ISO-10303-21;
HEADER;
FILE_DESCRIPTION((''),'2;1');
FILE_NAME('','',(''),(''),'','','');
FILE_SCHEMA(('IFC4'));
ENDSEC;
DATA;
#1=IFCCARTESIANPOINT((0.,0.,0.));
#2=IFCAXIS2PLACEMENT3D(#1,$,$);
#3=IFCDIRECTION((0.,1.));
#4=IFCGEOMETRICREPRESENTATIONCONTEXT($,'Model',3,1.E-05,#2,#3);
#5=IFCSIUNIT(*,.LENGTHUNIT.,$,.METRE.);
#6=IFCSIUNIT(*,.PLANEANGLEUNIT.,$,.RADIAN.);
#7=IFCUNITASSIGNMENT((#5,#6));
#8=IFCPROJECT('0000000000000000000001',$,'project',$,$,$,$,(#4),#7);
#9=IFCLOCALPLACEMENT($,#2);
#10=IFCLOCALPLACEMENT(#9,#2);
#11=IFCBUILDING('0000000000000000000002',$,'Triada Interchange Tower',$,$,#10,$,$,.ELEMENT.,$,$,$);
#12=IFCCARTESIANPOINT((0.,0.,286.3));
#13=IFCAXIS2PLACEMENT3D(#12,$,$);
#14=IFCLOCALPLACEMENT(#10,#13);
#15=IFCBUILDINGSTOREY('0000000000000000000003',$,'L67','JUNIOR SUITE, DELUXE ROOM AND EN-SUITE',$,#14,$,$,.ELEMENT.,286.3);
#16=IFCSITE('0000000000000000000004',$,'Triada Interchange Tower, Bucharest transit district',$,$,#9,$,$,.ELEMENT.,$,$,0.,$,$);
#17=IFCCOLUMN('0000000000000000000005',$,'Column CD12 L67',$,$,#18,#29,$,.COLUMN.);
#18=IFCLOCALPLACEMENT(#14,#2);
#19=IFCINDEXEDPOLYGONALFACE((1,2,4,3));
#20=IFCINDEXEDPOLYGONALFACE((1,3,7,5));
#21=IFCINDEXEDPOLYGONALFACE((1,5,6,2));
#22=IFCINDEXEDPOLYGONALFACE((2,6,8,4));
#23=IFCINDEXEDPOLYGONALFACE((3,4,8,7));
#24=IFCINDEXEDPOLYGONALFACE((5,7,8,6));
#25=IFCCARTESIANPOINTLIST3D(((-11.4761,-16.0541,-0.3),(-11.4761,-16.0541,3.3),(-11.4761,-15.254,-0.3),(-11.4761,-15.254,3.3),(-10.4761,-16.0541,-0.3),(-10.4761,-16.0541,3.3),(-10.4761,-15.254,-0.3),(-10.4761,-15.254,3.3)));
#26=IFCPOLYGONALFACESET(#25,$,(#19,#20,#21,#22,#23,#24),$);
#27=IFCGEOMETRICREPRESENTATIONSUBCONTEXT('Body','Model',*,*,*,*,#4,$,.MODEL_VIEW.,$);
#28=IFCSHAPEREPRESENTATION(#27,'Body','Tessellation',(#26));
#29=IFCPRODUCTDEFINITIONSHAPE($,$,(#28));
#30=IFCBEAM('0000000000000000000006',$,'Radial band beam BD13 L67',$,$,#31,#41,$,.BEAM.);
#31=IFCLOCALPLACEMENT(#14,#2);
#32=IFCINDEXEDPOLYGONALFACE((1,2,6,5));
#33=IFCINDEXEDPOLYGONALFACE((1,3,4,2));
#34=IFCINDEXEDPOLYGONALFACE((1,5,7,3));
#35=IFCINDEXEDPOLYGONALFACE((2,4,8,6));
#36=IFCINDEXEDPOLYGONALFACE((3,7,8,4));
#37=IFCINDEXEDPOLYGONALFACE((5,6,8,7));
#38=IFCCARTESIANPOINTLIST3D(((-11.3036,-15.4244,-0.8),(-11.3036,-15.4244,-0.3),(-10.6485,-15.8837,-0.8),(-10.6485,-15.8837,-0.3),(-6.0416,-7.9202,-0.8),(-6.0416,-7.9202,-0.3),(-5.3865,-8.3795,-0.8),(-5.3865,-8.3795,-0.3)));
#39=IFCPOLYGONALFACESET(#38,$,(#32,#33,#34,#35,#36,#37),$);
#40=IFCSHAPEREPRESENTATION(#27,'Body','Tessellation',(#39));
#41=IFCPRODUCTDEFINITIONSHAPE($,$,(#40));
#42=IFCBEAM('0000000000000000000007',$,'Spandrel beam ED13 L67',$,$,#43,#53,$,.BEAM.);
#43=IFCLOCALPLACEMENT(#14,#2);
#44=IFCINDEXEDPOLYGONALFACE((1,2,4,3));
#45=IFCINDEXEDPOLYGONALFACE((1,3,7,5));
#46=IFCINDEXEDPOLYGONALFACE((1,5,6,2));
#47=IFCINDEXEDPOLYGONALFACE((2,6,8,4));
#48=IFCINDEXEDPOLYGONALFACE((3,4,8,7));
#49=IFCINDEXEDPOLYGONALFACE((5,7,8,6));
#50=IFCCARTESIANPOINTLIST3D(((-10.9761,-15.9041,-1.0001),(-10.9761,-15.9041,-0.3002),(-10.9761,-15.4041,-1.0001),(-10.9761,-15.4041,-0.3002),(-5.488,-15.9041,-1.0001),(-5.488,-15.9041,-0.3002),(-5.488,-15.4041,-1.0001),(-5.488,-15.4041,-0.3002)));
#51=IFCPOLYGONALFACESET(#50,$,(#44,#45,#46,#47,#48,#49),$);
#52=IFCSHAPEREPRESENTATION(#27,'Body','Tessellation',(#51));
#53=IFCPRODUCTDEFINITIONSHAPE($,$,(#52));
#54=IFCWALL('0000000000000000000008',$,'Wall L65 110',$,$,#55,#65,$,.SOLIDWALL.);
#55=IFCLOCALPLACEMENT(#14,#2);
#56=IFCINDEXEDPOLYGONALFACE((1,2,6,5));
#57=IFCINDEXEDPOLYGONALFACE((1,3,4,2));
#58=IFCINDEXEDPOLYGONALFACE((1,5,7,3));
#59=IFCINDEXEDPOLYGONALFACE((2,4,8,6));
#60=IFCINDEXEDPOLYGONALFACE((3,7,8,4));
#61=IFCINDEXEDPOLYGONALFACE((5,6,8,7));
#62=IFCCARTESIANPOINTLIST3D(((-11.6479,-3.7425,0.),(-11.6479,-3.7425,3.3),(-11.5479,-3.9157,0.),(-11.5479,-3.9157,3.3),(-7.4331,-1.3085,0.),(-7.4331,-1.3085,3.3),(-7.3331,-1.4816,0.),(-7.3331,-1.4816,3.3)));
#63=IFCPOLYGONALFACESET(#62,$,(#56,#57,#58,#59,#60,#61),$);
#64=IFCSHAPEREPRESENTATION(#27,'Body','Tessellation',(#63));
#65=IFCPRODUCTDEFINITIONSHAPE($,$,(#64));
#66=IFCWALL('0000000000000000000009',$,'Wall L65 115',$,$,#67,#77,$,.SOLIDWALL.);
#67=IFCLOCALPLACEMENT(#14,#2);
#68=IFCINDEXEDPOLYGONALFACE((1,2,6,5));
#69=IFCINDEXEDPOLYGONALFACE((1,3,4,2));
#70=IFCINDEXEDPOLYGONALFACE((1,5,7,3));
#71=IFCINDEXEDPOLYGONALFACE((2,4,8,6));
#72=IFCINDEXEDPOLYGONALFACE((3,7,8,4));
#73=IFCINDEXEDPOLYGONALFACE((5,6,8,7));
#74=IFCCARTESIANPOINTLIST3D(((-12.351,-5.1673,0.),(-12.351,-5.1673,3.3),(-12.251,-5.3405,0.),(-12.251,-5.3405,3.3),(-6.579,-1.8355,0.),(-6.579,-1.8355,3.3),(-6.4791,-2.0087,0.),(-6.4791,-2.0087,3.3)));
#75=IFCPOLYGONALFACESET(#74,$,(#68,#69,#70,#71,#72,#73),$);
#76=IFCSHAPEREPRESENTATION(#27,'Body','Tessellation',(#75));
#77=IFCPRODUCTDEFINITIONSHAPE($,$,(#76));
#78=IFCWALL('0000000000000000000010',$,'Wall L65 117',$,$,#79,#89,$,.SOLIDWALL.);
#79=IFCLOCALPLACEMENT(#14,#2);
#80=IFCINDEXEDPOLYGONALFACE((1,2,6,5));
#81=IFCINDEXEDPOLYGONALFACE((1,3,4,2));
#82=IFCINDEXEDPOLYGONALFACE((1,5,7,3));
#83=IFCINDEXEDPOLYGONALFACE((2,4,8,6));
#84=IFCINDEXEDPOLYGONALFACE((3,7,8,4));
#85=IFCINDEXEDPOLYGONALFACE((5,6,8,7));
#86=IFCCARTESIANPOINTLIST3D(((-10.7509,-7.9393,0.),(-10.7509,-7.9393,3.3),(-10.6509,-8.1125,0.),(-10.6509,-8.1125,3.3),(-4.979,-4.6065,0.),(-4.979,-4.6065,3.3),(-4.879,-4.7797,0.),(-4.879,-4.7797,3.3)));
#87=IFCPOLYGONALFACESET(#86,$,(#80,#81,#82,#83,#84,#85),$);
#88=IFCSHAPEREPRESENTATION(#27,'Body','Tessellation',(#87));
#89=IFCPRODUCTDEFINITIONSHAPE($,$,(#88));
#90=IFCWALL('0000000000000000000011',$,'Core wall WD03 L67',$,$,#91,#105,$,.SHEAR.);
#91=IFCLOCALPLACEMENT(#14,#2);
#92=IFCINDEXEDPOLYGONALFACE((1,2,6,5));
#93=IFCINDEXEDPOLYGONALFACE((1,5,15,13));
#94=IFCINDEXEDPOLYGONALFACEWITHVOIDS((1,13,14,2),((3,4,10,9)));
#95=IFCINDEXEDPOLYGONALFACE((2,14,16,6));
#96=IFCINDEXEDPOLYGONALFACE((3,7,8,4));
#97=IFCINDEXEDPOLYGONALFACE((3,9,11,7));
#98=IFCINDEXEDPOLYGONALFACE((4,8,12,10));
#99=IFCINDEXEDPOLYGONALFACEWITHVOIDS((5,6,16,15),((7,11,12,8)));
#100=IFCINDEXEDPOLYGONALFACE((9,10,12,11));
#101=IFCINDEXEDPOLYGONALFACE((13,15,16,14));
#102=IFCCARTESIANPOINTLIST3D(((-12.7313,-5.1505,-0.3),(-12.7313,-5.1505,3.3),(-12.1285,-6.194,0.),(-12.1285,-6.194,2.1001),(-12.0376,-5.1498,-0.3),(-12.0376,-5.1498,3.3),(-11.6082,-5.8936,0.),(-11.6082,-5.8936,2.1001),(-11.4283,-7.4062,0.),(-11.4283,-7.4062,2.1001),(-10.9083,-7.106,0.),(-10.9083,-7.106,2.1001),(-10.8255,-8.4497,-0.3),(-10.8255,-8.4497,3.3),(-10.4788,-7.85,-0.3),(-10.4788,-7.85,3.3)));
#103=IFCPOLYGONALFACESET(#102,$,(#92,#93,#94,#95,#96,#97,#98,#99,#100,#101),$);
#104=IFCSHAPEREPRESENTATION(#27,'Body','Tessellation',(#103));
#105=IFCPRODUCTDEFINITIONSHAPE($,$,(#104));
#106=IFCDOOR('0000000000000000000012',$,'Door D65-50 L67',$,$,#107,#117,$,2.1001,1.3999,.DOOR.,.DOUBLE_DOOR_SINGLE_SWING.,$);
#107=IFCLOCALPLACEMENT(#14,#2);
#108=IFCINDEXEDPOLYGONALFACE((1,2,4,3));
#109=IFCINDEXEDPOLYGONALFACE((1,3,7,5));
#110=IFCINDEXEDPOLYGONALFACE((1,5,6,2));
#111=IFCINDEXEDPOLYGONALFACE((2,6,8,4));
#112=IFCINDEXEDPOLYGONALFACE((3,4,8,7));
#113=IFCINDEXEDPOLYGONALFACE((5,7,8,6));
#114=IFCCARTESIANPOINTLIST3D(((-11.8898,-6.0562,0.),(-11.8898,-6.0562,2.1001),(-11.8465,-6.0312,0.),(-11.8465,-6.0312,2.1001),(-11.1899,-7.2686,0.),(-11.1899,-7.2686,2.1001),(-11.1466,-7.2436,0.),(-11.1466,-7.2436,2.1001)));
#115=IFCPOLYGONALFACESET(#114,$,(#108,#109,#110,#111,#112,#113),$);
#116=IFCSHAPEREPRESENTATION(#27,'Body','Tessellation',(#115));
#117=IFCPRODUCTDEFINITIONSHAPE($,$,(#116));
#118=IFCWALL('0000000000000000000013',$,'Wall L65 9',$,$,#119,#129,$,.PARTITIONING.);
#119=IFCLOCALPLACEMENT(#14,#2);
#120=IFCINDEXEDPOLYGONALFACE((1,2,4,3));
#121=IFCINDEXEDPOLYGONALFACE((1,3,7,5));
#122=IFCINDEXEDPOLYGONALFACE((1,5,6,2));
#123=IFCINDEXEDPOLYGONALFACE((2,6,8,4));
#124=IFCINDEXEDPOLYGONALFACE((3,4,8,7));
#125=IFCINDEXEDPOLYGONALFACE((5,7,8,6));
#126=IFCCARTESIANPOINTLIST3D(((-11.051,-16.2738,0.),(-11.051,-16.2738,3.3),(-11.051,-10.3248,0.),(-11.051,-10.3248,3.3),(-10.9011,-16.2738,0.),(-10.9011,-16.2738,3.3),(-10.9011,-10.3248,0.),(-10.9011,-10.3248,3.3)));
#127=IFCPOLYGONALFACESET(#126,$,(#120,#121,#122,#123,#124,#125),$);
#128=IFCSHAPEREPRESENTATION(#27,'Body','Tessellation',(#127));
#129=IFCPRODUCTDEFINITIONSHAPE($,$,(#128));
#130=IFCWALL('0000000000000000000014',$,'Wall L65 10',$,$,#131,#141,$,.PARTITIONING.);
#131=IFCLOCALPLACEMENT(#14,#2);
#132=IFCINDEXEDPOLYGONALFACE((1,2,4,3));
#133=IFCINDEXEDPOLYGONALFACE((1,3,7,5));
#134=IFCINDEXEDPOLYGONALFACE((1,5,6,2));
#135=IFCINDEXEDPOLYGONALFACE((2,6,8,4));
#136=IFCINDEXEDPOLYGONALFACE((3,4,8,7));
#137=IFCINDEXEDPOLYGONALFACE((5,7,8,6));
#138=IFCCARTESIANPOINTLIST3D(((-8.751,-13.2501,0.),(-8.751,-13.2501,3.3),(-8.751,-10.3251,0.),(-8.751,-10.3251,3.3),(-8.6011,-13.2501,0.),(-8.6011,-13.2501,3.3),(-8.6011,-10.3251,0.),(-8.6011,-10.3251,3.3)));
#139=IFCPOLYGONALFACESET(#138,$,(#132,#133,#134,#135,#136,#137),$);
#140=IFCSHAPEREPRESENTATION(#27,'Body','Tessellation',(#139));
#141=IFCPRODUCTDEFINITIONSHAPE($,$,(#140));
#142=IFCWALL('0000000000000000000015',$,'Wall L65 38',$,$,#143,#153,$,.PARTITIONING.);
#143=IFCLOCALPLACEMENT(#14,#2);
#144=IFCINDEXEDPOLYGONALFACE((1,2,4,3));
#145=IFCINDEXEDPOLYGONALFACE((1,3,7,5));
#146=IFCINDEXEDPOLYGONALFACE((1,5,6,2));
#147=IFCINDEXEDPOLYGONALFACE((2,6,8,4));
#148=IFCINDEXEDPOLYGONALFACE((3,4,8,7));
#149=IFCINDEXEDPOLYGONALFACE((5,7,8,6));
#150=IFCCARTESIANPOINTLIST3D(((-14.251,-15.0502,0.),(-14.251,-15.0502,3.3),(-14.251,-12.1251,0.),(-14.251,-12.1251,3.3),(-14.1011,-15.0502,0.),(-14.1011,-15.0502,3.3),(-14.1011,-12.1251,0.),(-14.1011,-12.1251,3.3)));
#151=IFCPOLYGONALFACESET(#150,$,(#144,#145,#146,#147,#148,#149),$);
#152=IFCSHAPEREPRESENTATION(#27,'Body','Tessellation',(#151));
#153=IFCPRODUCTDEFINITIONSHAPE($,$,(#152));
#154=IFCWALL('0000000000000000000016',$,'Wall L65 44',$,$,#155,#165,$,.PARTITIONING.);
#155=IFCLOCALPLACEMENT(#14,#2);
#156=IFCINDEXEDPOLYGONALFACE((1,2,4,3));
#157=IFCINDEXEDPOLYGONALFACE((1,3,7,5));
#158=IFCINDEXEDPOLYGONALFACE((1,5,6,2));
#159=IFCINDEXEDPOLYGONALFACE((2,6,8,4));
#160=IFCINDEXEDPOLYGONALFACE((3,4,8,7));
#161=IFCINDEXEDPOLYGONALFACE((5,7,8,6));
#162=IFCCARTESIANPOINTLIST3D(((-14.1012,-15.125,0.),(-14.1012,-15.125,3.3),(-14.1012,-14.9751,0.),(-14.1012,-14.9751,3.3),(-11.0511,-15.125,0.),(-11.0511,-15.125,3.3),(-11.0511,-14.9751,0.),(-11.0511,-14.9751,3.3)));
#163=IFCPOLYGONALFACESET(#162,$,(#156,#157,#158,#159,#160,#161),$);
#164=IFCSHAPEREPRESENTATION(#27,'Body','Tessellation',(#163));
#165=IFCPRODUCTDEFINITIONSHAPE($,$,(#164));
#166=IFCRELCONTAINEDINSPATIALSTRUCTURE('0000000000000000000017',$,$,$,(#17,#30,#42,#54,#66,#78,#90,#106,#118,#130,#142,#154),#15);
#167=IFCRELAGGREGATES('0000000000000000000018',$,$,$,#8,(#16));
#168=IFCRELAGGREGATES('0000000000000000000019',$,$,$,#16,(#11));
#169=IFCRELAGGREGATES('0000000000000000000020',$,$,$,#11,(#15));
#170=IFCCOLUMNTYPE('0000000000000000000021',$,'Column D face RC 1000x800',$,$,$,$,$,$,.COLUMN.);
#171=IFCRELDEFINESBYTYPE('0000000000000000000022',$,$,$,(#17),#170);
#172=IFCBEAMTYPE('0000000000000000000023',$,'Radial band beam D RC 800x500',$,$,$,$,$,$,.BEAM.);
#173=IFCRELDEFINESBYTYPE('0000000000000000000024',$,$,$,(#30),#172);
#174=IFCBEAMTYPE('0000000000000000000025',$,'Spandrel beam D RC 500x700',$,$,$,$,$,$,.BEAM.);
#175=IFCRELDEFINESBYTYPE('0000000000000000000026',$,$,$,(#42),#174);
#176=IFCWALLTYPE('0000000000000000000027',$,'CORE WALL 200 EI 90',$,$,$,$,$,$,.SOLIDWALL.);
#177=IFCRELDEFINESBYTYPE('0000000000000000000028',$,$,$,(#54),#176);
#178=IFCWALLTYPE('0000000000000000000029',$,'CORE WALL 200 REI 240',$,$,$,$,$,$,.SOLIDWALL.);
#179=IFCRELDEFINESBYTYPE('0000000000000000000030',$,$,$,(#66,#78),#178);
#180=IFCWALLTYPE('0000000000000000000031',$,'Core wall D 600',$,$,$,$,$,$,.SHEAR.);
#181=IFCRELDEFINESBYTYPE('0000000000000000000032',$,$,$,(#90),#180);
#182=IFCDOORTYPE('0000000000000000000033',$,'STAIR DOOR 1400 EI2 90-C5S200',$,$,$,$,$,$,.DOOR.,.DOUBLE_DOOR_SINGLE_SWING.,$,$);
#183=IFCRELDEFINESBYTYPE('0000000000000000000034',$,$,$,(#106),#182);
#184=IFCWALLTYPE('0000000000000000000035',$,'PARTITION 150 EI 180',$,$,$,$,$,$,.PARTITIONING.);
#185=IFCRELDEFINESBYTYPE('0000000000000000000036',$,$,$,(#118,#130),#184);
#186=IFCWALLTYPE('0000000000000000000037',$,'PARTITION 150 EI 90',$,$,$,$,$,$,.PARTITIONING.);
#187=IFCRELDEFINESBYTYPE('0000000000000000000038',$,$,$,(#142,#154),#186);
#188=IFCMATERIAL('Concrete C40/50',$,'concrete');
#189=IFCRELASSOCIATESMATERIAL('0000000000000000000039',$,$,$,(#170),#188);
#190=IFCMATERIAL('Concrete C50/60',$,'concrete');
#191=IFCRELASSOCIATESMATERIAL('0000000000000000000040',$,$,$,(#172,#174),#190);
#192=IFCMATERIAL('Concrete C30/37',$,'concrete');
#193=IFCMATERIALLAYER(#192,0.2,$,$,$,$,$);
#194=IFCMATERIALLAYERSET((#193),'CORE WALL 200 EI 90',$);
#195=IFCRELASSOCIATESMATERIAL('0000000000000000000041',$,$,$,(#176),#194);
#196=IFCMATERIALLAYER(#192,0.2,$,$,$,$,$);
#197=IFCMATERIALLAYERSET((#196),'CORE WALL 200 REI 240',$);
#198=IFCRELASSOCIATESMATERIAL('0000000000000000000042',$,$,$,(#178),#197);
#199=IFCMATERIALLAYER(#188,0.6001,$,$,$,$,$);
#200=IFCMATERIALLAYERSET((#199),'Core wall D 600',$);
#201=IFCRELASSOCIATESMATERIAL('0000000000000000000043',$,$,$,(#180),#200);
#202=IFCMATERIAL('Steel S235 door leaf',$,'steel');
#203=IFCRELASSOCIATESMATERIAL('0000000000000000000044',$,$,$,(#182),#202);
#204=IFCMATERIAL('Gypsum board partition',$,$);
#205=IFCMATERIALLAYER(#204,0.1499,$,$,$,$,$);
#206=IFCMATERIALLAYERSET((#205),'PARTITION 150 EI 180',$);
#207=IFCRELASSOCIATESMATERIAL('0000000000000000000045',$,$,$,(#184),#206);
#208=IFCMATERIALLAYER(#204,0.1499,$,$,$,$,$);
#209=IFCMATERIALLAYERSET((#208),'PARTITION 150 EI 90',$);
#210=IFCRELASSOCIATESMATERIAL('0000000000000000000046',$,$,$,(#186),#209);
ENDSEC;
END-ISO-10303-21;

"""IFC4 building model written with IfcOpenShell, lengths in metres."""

from ifc_helpers import new_model, si_unit, direction, frame, frame_2d, origin, origin_2d, place, context, subcontext, project, spatial, polyline, rectangle, outline, extrude, material, layer, layer_set, material_profile, profile_set, type_object, element, fill, save


model = new_model("IFC4")

# Units and contexts
model_context = context("Model", 3, precision=1e-05, world=origin(), true_north=direction((0.0, 1.0)))
body_context = subcontext(model_context, "Body", "Model", "MODEL_VIEW")
ifc_project = project(units=[si_unit("LENGTHUNIT", "METRE"), si_unit("PLANEANGLEUNIT", "RADIAN")], contexts=[model_context])

# Site, building, storey
site_placement = place(None, origin())
site = spatial("IfcSite", under=ifc_project, at=site_placement, Name="Triada Interchange Tower, Bucharest transit district", CompositionType="ELEMENT", RefElevation=0.0)
building_placement = place(site_placement, origin())
building = spatial("IfcBuilding", under=site, at=building_placement, Name="Triada Interchange Tower", CompositionType="ELEMENT")
storey_placement = place(building_placement, frame((0.0, 0.0, 286.3)))
storey = spatial("IfcBuildingStorey", under=building, at=storey_placement, Name="L67", Description="JUNIOR SUITE, DELUXE ROOM AND EN-SUITE", CompositionType="ELEMENT", Elevation=286.3)

# Column
ifc_material_1 = material(Name="Concrete C40/50", Category="concrete")
ifc_material_profile_1 = material_profile(ifc_material_1, rectangle(XDim=1.0, YDim=0.8, at=origin_2d()), Name="RC 1000x800")
ifc_profile_set_1 = profile_set([ifc_material_profile_1], Name="Concrete C40/50")
column_type = type_object("IfcColumnType", Name="Column D face RC 1000x800", PredefinedType="COLUMN", material=ifc_profile_set_1)
column_placement = place(storey_placement, frame((-10.9761, -15.6541, -0.3), z_axis=(0.0, 0.0, 1.0), x_axis=(1.0, 0.0, 0.0)))
element("IfcColumn", 1, at=column_placement, inside=storey, type_object=column_type, Name="Column CD12 L67", PredefinedType="COLUMN", context=body_context, shape_type="SweptSolid", body=[
    extrude(rectangle(XDim=1.0, YDim=0.8, at=origin_2d()), origin(), (0.0, 0.0, 1.0), 3.6001),
])

# Beams
ifc_material_2 = material(Name="Concrete C50/60", Category="concrete")
ifc_material_profile_2 = material_profile(ifc_material_2, rectangle(XDim=0.8, YDim=0.5, at=origin_2d()), Name="RC 800x500")
ifc_profile_set_2 = profile_set([ifc_material_profile_2], Name="Concrete C50/60")
beam_type_1 = type_object("IfcBeamType", Name="Radial band beam D RC 800x500", PredefinedType="BEAM", material=ifc_profile_set_2)
beam_1_placement = place(storey_placement, frame((-10.9761, -15.6541, -0.55), z_axis=(0.574125, 0.818767, 0.0), x_axis=(-0.818767, 0.574125, 0.0)))
element("IfcBeam", 2, at=beam_1_placement, inside=storey, type_object=beam_type_1, Name="Radial band beam BD13 L67", PredefinedType="BEAM", context=body_context, shape_type="SweptSolid", body=[
    extrude(rectangle(XDim=0.8, YDim=0.5, at=origin_2d()), origin(), (0.0, 0.0, 1.0), 9.1653),
])
ifc_material_profile_3 = material_profile(ifc_material_2, rectangle(XDim=0.5, YDim=0.7, at=origin_2d()), Name="RC 500x700")
ifc_profile_set_3 = profile_set([ifc_material_profile_3], Name="Concrete C50/60")
beam_type_2 = type_object("IfcBeamType", Name="Spandrel beam D RC 500x700", PredefinedType="BEAM", material=ifc_profile_set_3)
beam_2_placement = place(storey_placement, frame((-10.9761, -15.6541, -0.6501), z_axis=(1.0, 0.0, 0.0), x_axis=(0.0, 1.0, 0.0)))
element("IfcBeam", 3, at=beam_2_placement, inside=storey, type_object=beam_type_2, Name="Spandrel beam ED13 L67", PredefinedType="BEAM", context=body_context, shape_type="SweptSolid", body=[
    extrude(rectangle(XDim=0.5, YDim=0.7, at=origin_2d()), origin(), (0.0, 0.0, 1.0), 5.488),
])

# Walls
ifc_material_3 = material(Name="Concrete C30/37", Category="concrete")
ifc_layer_1 = layer(ifc_material_3, 0.2)
ifc_layer_set_1 = layer_set([ifc_layer_1], Name="CORE WALL 200 EI 90")
wall_type_1 = type_object("IfcWallType", Name="CORE WALL 200 EI 90", PredefinedType="SOLIDWALL", material=ifc_layer_set_1)
wall_1_placement = place(storey_placement, frame((-11.5979, -3.8291, 0.0), z_axis=(0.0, 0.0, 1.0), x_axis=(0.865968, 0.500099, 0.0)))
element("IfcWall", 4, at=wall_1_placement, inside=storey, type_object=wall_type_1, Name="Wall L65 110", PredefinedType="SOLIDWALL", context=body_context, shape_type="SweptSolid", body=[
    extrude(rectangle(XDim=4.8672, YDim=0.2, at=frame_2d((2.4336, 0.0))), origin(), (0.0, 0.0, 1.0), 3.3),
])
ifc_layer_2 = layer(ifc_material_3, 0.2)
ifc_layer_set_2 = layer_set([ifc_layer_2], Name="CORE WALL 200 REI 240")
wall_type_2 = type_object("IfcWallType", Name="CORE WALL 200 REI 240", PredefinedType="SOLIDWALL", material=ifc_layer_set_2)
wall_2_placement = place(storey_placement, frame((-12.301, -5.2539, 0.0), z_axis=(0.0, 0.0, 1.0), x_axis=(0.866068, 0.499925, 0.0)))
element("IfcWall", 5, at=wall_2_placement, inside=storey, type_object=wall_type_2, Name="Wall L65 115", PredefinedType="SOLIDWALL", context=body_context, shape_type="SweptSolid", body=[
    extrude(rectangle(XDim=6.6646, YDim=0.2, at=frame_2d((3.3323, 0.0))), origin(), (0.0, 0.0, 1.0), 3.3),
])
wall_3_placement = place(storey_placement, frame((-10.7009, -8.0259, 0.0), z_axis=(0.0, 0.0, 1.0), x_axis=(0.866005, 0.500035, 0.0)))
element("IfcWall", 6, at=wall_3_placement, inside=storey, type_object=wall_type_2, Name="Wall L65 117", PredefinedType="SOLIDWALL", context=body_context, shape_type="SweptSolid", body=[
    extrude(rectangle(XDim=6.665, YDim=0.2, at=frame_2d((3.3325, 0.0))), origin(), (0.0, 0.0, 1.0), 3.3),
])

# Wall, opening, door
ifc_layer_3 = layer(ifc_material_1, 0.6001)
ifc_layer_set_3 = layer_set([ifc_layer_3], Name="Core wall D 600")
wall_type_3 = type_object("IfcWallType", Name="Core wall D 600", PredefinedType="SHEAR", material=ifc_layer_set_3)
wall_4_placement = place(storey_placement, frame((-12.384, -5.1499, -0.3), z_axis=(0.0, 0.0, 1.0), x_axis=(0.499975, -0.86604, 0.0)))
wall_4 = element("IfcWall", 7, at=wall_4_placement, inside=storey, type_object=wall_type_3, Name="Core wall WD03 L67", PredefinedType="SHEAR", context=body_context, shape_type="SweptSolid", body=[
    extrude(outline(polyline([(-0.1731, -0.301), (1.7319, -0.3005), (3.637, -0.3), (3.291, 0.3), (1.7319, 0.3), (0.1731, 0.3), (-0.1731, -0.301)])), origin(), (0.0, 0.0, 1.0), 3.6001),
])
opening_1_placement = place(wall_4_placement, frame((1.032, 0.0, 0.3)))
opening_1 = element("IfcOpeningElement", 8, at=opening_1_placement, cuts=wall_4, PredefinedType="OPENING", context=body_context, shape_type="SweptSolid", body=[
    extrude(rectangle(XDim=1.3999, YDim=2.1001, at=frame_2d((0.7, 1.05))), frame((0.0, 0.3101, 0.0), z_axis=(0.0, -1.0, 0.0), x_axis=(1.0, 0.0, 0.0)), (0.0, 0.0, 1.0), 0.6211),
])
ifc_material_4 = material(Name="Steel S235 door leaf", Category="steel")
door_type_1 = type_object("IfcDoorType", Name="STAIR DOOR 1400 EI2 90-C5S200", OperationType="DOUBLE_DOOR_SINGLE_SWING", PredefinedType="DOOR", material=ifc_material_4)
door_1_placement = place(opening_1_placement, origin())
door_1 = element("IfcDoor", 9, at=door_1_placement, inside=storey, type_object=door_type_1, Name="Door D65-50 L67", OperationType="DOUBLE_DOOR_SINGLE_SWING", OverallHeight=2.1001, OverallWidth=1.3999, PredefinedType="DOOR", context=body_context, shape_type="SweptSolid", body=[
    extrude(rectangle(XDim=1.3999, YDim=2.1001, at=frame_2d((0.7, 1.05))), frame((0.0, 0.0249, 0.0), z_axis=(0.0, -1.0, 0.0), x_axis=(1.0, 0.0, 0.0)), (0.0, 0.0, 1.0), 0.05),
])
fill(opening_1, door_1)

# Walls
ifc_material_5 = material(Name="Gypsum board partition")
ifc_layer_4 = layer(ifc_material_5, 0.1499)
ifc_layer_set_4 = layer_set([ifc_layer_4], Name="PARTITION 150 EI 180")
wall_type_4 = type_object("IfcWallType", Name="PARTITION 150 EI 180", PredefinedType="PARTITIONING", material=ifc_layer_set_4)
wall_5_placement = place(storey_placement, frame((-10.9761, -16.2739, 0.0), z_axis=(0.0, 0.0, 1.0), x_axis=(0.0, 1.0, 0.0)))
element("IfcWall", 10, at=wall_5_placement, inside=storey, type_object=wall_type_4, Name="Wall L65 9", PredefinedType="PARTITIONING", context=body_context, shape_type="SweptSolid", body=[
    extrude(rectangle(XDim=5.949, YDim=0.1499, at=frame_2d((2.9746, 0.0))), origin(), (0.0, 0.0, 1.0), 3.3),
])
wall_6_placement = place(storey_placement, frame((-8.676, -13.25, 0.0), z_axis=(0.0, 0.0, 1.0), x_axis=(0.0, 1.0, 0.0)))
element("IfcWall", 11, at=wall_6_placement, inside=storey, type_object=wall_type_4, Name="Wall L65 10", PredefinedType="PARTITIONING", context=body_context, shape_type="SweptSolid", body=[
    extrude(rectangle(XDim=2.925, YDim=0.1499, at=frame_2d((1.4624, 0.0))), origin(), (0.0, 0.0, 1.0), 3.3),
])
ifc_layer_5 = layer(ifc_material_5, 0.1499)
ifc_layer_set_5 = layer_set([ifc_layer_5], Name="PARTITION 150 EI 90")
wall_type_5 = type_object("IfcWallType", Name="PARTITION 150 EI 90", PredefinedType="PARTITIONING", material=ifc_layer_set_5)
wall_7_placement = place(storey_placement, frame((-14.176, -15.05, 0.0), z_axis=(0.0, 0.0, 1.0), x_axis=(0.0, 1.0, 0.0)))
element("IfcWall", 12, at=wall_7_placement, inside=storey, type_object=wall_type_5, Name="Wall L65 38", PredefinedType="PARTITIONING", context=body_context, shape_type="SweptSolid", body=[
    extrude(rectangle(XDim=2.925, YDim=0.1499, at=frame_2d((1.4624, 0.0))), origin(), (0.0, 0.0, 1.0), 3.3),
])
wall_8_placement = place(storey_placement, frame((-14.1011, -15.05, 0.0), z_axis=(0.0, 0.0, 1.0), x_axis=(1.0, 0.0, 0.0)))
element("IfcWall", 13, at=wall_8_placement, inside=storey, type_object=wall_type_5, Name="Wall L65 44", PredefinedType="PARTITIONING", context=body_context, shape_type="SweptSolid", body=[
    extrude(rectangle(XDim=3.05, YDim=0.1499, at=frame_2d((1.5249, 0.0))), origin(), (0.0, 0.0, 1.0), 3.3),
])

save(model, "model.ifc")
